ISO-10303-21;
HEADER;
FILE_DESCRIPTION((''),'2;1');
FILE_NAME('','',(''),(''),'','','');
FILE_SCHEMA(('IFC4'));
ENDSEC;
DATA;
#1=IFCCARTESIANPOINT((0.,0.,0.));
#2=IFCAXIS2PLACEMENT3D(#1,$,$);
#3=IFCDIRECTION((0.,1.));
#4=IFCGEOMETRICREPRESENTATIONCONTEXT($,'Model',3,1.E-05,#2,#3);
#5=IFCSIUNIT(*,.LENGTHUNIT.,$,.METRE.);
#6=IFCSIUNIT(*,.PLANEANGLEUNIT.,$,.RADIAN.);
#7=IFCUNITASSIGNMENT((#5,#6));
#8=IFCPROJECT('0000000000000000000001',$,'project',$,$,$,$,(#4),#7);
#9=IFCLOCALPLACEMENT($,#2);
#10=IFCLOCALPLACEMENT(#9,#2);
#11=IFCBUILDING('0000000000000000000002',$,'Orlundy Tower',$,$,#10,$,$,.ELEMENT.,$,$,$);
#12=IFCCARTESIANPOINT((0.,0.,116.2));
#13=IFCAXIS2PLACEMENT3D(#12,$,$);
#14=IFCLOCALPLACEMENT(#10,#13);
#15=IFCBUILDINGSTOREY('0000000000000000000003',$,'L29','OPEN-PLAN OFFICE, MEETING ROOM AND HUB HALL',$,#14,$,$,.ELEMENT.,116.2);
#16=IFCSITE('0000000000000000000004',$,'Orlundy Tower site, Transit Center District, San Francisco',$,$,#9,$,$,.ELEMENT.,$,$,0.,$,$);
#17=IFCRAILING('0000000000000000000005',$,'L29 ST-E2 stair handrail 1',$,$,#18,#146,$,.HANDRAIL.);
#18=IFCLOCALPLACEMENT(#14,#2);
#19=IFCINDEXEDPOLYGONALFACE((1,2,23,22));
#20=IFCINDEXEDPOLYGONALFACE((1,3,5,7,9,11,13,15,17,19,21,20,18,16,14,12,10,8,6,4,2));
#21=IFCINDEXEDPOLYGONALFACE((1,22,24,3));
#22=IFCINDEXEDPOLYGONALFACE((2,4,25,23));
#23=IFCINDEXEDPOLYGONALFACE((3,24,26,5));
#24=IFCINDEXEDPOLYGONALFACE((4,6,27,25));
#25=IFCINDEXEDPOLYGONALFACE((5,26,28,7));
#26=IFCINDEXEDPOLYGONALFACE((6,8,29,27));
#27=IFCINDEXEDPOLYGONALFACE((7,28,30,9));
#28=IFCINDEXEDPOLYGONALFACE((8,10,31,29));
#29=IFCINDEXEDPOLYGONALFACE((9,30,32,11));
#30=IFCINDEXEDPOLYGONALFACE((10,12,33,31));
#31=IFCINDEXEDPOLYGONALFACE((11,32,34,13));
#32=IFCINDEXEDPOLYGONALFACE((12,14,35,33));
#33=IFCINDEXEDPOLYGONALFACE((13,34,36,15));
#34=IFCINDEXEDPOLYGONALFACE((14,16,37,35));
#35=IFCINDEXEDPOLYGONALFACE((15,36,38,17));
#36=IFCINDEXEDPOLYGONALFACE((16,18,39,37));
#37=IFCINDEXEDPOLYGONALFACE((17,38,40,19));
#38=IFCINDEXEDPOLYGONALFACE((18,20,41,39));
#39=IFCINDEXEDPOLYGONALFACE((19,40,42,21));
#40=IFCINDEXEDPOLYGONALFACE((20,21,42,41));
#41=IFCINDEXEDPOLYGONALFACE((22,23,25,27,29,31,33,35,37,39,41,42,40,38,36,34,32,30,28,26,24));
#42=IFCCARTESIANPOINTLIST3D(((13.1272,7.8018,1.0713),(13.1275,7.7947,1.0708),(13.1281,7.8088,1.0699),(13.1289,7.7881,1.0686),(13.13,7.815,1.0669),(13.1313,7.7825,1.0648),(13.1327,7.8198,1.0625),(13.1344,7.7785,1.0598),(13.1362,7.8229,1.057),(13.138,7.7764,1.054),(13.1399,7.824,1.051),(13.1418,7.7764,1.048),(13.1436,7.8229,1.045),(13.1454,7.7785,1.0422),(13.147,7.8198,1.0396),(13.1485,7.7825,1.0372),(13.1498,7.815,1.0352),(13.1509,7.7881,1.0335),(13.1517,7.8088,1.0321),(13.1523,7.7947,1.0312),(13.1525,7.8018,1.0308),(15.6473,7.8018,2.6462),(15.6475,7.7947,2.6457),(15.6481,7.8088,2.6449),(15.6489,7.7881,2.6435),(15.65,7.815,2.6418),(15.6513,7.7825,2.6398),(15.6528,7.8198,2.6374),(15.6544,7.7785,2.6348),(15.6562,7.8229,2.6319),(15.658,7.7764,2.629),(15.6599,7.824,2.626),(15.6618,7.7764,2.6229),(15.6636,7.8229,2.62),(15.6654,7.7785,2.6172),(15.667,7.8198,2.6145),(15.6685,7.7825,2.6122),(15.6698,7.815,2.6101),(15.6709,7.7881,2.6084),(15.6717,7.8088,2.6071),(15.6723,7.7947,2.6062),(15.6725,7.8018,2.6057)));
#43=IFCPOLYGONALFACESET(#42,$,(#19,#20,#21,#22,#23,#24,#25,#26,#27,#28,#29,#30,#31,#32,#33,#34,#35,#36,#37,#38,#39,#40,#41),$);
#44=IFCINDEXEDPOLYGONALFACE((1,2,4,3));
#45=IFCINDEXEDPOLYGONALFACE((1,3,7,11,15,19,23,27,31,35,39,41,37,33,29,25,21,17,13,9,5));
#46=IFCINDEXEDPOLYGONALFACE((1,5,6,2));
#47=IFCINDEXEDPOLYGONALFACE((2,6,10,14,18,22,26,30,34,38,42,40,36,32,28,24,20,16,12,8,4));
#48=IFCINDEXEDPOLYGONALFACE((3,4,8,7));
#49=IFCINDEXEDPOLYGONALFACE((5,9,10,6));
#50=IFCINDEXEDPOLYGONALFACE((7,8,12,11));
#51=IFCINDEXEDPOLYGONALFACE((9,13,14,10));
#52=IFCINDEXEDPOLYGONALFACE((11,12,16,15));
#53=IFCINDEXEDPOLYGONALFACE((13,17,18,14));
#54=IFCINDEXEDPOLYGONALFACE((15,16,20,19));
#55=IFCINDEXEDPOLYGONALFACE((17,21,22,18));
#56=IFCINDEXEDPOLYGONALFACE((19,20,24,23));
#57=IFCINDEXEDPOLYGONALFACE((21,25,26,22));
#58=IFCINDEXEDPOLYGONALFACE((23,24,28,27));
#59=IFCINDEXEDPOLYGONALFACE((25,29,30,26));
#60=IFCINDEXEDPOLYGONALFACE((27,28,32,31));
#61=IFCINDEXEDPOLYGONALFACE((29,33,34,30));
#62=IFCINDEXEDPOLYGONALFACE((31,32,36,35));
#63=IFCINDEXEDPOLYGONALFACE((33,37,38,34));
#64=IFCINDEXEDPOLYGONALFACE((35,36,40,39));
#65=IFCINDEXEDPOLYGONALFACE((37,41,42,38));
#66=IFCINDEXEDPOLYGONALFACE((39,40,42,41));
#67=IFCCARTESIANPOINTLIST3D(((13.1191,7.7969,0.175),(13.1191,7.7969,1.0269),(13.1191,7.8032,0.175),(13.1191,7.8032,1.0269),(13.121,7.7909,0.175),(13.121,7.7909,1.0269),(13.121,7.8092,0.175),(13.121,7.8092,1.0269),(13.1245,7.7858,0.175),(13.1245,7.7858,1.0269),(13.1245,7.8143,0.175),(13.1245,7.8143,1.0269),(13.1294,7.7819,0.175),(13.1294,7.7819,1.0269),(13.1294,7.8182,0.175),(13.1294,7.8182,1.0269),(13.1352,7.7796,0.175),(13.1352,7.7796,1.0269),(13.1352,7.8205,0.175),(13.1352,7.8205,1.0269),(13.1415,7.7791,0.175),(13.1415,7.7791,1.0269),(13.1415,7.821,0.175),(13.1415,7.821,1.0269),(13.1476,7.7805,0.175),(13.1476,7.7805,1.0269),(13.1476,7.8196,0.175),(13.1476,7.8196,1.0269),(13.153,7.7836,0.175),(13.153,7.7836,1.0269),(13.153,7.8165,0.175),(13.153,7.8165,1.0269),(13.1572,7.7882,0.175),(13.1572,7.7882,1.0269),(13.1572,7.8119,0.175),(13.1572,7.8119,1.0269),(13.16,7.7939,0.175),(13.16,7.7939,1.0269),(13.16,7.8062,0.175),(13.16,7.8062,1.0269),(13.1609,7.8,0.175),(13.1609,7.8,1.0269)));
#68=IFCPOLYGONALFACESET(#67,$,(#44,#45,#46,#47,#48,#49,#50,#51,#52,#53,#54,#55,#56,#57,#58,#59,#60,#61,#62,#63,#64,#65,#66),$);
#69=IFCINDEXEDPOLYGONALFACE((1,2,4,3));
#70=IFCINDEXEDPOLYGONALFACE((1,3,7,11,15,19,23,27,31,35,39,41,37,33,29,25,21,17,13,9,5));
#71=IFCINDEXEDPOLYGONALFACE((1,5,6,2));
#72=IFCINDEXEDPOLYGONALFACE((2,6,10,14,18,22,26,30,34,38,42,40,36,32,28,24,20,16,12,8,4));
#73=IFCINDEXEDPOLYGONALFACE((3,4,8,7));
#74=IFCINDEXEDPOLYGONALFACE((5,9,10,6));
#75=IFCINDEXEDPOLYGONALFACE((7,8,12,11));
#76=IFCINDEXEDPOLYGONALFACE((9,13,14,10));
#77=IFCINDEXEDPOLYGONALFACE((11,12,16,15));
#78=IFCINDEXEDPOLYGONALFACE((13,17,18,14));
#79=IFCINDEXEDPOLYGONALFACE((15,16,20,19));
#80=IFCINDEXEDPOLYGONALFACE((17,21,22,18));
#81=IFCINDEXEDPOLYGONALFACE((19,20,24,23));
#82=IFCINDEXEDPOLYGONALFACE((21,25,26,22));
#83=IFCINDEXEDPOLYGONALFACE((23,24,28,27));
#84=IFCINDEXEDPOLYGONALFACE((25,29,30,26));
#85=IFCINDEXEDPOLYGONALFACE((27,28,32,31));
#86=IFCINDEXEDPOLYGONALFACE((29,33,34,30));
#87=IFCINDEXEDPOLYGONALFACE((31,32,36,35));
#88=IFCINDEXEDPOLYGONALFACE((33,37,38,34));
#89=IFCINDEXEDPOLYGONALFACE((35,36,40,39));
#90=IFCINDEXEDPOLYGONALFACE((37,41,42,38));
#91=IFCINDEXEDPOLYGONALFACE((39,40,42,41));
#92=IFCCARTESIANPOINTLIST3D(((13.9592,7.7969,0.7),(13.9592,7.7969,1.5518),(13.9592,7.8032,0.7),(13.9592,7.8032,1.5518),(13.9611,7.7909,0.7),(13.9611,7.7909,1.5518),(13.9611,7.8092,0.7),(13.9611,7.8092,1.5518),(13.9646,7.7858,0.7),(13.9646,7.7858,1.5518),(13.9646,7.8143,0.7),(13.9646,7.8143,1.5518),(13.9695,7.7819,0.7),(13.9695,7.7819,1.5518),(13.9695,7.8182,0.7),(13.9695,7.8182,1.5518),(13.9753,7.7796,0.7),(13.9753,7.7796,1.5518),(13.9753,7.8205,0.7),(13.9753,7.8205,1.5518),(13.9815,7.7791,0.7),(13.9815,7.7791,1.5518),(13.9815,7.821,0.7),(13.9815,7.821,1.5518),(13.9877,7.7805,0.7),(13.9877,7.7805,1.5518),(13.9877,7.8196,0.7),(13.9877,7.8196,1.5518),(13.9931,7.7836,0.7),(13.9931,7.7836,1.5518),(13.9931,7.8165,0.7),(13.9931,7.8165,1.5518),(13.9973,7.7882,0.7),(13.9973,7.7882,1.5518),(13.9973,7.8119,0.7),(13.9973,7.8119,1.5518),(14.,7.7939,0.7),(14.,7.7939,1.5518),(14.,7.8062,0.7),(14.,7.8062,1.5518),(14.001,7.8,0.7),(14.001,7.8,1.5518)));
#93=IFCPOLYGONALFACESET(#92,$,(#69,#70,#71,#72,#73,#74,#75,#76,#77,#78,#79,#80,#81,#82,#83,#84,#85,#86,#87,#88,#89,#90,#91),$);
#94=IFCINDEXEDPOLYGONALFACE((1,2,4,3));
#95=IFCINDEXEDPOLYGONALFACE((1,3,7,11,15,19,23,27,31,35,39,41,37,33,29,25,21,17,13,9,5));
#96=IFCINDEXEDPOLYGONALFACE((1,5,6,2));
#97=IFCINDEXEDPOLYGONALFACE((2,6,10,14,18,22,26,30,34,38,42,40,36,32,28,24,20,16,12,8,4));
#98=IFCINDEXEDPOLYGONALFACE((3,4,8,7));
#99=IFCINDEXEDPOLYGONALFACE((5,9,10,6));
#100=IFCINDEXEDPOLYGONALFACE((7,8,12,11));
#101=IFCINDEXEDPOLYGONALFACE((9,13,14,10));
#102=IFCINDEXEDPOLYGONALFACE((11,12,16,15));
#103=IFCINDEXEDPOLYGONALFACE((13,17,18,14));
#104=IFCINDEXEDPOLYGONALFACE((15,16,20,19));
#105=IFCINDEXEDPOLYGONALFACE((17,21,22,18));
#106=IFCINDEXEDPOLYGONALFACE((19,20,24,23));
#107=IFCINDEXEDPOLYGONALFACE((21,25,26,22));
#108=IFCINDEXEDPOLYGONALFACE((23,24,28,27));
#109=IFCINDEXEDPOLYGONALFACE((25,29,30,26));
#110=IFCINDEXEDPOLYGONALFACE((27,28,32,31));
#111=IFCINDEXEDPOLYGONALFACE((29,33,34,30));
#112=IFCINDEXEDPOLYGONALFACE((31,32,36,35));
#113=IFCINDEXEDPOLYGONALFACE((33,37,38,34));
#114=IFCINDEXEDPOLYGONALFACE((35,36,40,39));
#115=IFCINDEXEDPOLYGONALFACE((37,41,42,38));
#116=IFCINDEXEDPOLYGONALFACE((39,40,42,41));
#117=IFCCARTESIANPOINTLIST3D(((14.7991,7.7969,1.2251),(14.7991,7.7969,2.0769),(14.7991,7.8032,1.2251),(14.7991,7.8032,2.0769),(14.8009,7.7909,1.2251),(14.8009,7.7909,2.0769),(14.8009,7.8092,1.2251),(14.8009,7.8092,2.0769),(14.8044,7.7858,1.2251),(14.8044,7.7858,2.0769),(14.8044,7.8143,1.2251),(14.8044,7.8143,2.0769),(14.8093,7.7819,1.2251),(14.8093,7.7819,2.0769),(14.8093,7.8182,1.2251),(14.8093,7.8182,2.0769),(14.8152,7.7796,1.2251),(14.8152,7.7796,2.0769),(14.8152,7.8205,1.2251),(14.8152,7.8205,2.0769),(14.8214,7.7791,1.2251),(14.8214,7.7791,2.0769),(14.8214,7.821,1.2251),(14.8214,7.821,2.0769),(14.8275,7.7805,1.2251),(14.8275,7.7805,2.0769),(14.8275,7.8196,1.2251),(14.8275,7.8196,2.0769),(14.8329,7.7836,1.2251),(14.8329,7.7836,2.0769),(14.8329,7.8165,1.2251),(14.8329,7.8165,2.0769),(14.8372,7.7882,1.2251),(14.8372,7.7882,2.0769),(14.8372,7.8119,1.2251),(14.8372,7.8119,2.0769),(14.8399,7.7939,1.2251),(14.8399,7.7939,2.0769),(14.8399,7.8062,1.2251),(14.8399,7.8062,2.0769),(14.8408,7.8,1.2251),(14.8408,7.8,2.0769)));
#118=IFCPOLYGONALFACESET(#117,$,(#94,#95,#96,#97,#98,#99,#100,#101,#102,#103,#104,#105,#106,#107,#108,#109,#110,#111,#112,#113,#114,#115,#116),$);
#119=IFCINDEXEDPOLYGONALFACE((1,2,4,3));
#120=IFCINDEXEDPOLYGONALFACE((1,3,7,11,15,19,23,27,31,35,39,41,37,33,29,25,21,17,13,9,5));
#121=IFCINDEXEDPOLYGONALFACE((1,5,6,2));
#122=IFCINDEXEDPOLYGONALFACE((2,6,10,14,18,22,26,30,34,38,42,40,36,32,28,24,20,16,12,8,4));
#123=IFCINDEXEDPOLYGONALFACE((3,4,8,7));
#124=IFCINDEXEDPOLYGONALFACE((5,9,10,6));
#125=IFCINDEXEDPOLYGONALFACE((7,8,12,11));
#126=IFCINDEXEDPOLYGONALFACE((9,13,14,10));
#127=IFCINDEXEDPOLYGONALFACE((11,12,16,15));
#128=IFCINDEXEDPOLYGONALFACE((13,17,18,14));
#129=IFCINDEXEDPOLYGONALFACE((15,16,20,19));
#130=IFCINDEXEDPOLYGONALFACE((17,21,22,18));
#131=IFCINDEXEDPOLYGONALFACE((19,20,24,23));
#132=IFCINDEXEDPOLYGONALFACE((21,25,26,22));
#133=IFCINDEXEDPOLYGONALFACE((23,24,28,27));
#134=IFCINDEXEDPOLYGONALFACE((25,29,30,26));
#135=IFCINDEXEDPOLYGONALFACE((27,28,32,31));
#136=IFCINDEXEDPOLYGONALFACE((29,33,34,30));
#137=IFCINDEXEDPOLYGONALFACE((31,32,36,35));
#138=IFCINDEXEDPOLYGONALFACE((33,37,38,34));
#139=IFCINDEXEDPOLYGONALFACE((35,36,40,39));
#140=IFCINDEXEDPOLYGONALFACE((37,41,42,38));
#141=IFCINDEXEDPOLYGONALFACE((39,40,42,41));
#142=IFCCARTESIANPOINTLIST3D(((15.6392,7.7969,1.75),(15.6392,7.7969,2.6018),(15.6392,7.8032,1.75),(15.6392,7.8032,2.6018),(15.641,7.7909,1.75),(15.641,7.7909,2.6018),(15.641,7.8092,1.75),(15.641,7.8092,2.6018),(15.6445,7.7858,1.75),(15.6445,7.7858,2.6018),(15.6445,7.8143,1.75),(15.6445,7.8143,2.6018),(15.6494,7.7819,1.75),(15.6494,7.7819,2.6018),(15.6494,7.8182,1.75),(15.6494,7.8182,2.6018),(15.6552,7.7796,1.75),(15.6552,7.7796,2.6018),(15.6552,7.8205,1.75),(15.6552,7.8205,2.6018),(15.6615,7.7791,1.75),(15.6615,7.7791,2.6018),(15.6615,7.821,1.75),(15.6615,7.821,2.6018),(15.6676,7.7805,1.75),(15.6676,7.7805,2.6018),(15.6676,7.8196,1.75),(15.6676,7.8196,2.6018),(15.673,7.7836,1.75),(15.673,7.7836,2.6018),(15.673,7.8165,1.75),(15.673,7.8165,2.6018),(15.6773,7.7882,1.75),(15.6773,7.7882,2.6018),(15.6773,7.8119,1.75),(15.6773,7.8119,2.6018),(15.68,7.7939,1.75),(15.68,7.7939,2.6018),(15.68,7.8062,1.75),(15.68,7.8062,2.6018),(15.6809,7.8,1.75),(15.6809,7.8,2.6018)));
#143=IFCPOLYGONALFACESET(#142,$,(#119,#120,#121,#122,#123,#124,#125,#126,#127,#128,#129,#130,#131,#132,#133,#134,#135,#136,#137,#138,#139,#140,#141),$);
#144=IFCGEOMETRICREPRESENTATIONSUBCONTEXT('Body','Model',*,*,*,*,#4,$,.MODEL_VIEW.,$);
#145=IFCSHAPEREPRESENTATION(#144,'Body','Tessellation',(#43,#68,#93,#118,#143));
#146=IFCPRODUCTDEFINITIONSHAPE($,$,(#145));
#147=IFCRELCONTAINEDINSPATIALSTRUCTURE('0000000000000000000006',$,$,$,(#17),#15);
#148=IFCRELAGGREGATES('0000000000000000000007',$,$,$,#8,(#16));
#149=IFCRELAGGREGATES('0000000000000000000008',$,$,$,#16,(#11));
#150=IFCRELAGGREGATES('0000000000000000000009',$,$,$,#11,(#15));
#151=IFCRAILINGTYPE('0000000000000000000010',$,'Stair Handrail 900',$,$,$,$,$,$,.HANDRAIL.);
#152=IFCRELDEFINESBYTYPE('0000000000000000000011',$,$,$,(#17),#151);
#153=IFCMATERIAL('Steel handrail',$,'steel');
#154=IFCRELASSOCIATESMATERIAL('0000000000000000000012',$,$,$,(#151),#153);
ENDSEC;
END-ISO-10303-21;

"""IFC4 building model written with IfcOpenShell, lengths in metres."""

from ifc_helpers import new_model, si_unit, direction, frame, origin, origin_2d, place, context, subcontext, project, spatial, circle, extrude, material, type_object, element, save


model = new_model("IFC4")

# Units and contexts
model_context = context("Model", 3, precision=1e-05, world=origin(), true_north=direction((0.0, 1.0)))
body_context = subcontext(model_context, "Body", "Model", "MODEL_VIEW")
ifc_project = project(units=[si_unit("LENGTHUNIT", "METRE"), si_unit("PLANEANGLEUNIT", "RADIAN")], contexts=[model_context])

# Site, building, storey
site_placement = place(None, origin())
site = spatial("IfcSite", under=ifc_project, at=site_placement, Name="Orlundy Tower site, Transit Center District, San Francisco", CompositionType="ELEMENT", RefElevation=0.0)
building_placement = place(site_placement, origin())
building = spatial("IfcBuilding", under=site, at=building_placement, Name="Orlundy Tower", CompositionType="ELEMENT")
storey_placement = place(building_placement, frame((0.0, 0.0, 116.2)))
storey = spatial("IfcBuildingStorey", under=building, at=storey_placement, Name="L29", Description="OPEN-PLAN OFFICE, MEETING ROOM AND HUB HALL", CompositionType="ELEMENT", Elevation=116.2)

# Railing
ifc_material_1 = material(Name="Steel handrail", Category="steel")
railing_type_1 = type_object("IfcRailingType", Name="Stair Handrail 900", PredefinedType="HANDRAIL", material=ifc_material_1)
railing_1_placement = place(storey_placement, frame((13.1399, 7.8, 0.175)))
element("IfcRailing", 1, at=railing_1_placement, inside=storey, type_object=railing_type_1, Name="L29 ST-E2 stair handrail 1", PredefinedType="HANDRAIL", context=body_context, shape_type="SweptSolid", body=[
    extrude(circle(Radius=0.0239, at=origin_2d()), frame((0.0, 0.0, 0.876), z_axis=(0.848008, 0.0, 0.529984), x_axis=(0.0, 1.0, 0.0)), (0.0, 0.0, 1.0), 2.9717),
    extrude(circle(Radius=0.021, at=origin_2d()), origin(), (0.0, 0.0, 1.0), 0.8518),
    extrude(circle(Radius=0.021, at=origin_2d()), frame((0.8401, 0.0, 0.5249)), (0.0, 0.0, 1.0), 0.8518),
    extrude(circle(Radius=0.021, at=origin_2d()), frame((1.6799, 0.0, 1.05)), (0.0, 0.0, 1.0), 0.8518),
    extrude(circle(Radius=0.021, at=origin_2d()), frame((2.52, 0.0, 1.575)), (0.0, 0.0, 1.0), 0.8518),
])

save(model, "model.ifc")
